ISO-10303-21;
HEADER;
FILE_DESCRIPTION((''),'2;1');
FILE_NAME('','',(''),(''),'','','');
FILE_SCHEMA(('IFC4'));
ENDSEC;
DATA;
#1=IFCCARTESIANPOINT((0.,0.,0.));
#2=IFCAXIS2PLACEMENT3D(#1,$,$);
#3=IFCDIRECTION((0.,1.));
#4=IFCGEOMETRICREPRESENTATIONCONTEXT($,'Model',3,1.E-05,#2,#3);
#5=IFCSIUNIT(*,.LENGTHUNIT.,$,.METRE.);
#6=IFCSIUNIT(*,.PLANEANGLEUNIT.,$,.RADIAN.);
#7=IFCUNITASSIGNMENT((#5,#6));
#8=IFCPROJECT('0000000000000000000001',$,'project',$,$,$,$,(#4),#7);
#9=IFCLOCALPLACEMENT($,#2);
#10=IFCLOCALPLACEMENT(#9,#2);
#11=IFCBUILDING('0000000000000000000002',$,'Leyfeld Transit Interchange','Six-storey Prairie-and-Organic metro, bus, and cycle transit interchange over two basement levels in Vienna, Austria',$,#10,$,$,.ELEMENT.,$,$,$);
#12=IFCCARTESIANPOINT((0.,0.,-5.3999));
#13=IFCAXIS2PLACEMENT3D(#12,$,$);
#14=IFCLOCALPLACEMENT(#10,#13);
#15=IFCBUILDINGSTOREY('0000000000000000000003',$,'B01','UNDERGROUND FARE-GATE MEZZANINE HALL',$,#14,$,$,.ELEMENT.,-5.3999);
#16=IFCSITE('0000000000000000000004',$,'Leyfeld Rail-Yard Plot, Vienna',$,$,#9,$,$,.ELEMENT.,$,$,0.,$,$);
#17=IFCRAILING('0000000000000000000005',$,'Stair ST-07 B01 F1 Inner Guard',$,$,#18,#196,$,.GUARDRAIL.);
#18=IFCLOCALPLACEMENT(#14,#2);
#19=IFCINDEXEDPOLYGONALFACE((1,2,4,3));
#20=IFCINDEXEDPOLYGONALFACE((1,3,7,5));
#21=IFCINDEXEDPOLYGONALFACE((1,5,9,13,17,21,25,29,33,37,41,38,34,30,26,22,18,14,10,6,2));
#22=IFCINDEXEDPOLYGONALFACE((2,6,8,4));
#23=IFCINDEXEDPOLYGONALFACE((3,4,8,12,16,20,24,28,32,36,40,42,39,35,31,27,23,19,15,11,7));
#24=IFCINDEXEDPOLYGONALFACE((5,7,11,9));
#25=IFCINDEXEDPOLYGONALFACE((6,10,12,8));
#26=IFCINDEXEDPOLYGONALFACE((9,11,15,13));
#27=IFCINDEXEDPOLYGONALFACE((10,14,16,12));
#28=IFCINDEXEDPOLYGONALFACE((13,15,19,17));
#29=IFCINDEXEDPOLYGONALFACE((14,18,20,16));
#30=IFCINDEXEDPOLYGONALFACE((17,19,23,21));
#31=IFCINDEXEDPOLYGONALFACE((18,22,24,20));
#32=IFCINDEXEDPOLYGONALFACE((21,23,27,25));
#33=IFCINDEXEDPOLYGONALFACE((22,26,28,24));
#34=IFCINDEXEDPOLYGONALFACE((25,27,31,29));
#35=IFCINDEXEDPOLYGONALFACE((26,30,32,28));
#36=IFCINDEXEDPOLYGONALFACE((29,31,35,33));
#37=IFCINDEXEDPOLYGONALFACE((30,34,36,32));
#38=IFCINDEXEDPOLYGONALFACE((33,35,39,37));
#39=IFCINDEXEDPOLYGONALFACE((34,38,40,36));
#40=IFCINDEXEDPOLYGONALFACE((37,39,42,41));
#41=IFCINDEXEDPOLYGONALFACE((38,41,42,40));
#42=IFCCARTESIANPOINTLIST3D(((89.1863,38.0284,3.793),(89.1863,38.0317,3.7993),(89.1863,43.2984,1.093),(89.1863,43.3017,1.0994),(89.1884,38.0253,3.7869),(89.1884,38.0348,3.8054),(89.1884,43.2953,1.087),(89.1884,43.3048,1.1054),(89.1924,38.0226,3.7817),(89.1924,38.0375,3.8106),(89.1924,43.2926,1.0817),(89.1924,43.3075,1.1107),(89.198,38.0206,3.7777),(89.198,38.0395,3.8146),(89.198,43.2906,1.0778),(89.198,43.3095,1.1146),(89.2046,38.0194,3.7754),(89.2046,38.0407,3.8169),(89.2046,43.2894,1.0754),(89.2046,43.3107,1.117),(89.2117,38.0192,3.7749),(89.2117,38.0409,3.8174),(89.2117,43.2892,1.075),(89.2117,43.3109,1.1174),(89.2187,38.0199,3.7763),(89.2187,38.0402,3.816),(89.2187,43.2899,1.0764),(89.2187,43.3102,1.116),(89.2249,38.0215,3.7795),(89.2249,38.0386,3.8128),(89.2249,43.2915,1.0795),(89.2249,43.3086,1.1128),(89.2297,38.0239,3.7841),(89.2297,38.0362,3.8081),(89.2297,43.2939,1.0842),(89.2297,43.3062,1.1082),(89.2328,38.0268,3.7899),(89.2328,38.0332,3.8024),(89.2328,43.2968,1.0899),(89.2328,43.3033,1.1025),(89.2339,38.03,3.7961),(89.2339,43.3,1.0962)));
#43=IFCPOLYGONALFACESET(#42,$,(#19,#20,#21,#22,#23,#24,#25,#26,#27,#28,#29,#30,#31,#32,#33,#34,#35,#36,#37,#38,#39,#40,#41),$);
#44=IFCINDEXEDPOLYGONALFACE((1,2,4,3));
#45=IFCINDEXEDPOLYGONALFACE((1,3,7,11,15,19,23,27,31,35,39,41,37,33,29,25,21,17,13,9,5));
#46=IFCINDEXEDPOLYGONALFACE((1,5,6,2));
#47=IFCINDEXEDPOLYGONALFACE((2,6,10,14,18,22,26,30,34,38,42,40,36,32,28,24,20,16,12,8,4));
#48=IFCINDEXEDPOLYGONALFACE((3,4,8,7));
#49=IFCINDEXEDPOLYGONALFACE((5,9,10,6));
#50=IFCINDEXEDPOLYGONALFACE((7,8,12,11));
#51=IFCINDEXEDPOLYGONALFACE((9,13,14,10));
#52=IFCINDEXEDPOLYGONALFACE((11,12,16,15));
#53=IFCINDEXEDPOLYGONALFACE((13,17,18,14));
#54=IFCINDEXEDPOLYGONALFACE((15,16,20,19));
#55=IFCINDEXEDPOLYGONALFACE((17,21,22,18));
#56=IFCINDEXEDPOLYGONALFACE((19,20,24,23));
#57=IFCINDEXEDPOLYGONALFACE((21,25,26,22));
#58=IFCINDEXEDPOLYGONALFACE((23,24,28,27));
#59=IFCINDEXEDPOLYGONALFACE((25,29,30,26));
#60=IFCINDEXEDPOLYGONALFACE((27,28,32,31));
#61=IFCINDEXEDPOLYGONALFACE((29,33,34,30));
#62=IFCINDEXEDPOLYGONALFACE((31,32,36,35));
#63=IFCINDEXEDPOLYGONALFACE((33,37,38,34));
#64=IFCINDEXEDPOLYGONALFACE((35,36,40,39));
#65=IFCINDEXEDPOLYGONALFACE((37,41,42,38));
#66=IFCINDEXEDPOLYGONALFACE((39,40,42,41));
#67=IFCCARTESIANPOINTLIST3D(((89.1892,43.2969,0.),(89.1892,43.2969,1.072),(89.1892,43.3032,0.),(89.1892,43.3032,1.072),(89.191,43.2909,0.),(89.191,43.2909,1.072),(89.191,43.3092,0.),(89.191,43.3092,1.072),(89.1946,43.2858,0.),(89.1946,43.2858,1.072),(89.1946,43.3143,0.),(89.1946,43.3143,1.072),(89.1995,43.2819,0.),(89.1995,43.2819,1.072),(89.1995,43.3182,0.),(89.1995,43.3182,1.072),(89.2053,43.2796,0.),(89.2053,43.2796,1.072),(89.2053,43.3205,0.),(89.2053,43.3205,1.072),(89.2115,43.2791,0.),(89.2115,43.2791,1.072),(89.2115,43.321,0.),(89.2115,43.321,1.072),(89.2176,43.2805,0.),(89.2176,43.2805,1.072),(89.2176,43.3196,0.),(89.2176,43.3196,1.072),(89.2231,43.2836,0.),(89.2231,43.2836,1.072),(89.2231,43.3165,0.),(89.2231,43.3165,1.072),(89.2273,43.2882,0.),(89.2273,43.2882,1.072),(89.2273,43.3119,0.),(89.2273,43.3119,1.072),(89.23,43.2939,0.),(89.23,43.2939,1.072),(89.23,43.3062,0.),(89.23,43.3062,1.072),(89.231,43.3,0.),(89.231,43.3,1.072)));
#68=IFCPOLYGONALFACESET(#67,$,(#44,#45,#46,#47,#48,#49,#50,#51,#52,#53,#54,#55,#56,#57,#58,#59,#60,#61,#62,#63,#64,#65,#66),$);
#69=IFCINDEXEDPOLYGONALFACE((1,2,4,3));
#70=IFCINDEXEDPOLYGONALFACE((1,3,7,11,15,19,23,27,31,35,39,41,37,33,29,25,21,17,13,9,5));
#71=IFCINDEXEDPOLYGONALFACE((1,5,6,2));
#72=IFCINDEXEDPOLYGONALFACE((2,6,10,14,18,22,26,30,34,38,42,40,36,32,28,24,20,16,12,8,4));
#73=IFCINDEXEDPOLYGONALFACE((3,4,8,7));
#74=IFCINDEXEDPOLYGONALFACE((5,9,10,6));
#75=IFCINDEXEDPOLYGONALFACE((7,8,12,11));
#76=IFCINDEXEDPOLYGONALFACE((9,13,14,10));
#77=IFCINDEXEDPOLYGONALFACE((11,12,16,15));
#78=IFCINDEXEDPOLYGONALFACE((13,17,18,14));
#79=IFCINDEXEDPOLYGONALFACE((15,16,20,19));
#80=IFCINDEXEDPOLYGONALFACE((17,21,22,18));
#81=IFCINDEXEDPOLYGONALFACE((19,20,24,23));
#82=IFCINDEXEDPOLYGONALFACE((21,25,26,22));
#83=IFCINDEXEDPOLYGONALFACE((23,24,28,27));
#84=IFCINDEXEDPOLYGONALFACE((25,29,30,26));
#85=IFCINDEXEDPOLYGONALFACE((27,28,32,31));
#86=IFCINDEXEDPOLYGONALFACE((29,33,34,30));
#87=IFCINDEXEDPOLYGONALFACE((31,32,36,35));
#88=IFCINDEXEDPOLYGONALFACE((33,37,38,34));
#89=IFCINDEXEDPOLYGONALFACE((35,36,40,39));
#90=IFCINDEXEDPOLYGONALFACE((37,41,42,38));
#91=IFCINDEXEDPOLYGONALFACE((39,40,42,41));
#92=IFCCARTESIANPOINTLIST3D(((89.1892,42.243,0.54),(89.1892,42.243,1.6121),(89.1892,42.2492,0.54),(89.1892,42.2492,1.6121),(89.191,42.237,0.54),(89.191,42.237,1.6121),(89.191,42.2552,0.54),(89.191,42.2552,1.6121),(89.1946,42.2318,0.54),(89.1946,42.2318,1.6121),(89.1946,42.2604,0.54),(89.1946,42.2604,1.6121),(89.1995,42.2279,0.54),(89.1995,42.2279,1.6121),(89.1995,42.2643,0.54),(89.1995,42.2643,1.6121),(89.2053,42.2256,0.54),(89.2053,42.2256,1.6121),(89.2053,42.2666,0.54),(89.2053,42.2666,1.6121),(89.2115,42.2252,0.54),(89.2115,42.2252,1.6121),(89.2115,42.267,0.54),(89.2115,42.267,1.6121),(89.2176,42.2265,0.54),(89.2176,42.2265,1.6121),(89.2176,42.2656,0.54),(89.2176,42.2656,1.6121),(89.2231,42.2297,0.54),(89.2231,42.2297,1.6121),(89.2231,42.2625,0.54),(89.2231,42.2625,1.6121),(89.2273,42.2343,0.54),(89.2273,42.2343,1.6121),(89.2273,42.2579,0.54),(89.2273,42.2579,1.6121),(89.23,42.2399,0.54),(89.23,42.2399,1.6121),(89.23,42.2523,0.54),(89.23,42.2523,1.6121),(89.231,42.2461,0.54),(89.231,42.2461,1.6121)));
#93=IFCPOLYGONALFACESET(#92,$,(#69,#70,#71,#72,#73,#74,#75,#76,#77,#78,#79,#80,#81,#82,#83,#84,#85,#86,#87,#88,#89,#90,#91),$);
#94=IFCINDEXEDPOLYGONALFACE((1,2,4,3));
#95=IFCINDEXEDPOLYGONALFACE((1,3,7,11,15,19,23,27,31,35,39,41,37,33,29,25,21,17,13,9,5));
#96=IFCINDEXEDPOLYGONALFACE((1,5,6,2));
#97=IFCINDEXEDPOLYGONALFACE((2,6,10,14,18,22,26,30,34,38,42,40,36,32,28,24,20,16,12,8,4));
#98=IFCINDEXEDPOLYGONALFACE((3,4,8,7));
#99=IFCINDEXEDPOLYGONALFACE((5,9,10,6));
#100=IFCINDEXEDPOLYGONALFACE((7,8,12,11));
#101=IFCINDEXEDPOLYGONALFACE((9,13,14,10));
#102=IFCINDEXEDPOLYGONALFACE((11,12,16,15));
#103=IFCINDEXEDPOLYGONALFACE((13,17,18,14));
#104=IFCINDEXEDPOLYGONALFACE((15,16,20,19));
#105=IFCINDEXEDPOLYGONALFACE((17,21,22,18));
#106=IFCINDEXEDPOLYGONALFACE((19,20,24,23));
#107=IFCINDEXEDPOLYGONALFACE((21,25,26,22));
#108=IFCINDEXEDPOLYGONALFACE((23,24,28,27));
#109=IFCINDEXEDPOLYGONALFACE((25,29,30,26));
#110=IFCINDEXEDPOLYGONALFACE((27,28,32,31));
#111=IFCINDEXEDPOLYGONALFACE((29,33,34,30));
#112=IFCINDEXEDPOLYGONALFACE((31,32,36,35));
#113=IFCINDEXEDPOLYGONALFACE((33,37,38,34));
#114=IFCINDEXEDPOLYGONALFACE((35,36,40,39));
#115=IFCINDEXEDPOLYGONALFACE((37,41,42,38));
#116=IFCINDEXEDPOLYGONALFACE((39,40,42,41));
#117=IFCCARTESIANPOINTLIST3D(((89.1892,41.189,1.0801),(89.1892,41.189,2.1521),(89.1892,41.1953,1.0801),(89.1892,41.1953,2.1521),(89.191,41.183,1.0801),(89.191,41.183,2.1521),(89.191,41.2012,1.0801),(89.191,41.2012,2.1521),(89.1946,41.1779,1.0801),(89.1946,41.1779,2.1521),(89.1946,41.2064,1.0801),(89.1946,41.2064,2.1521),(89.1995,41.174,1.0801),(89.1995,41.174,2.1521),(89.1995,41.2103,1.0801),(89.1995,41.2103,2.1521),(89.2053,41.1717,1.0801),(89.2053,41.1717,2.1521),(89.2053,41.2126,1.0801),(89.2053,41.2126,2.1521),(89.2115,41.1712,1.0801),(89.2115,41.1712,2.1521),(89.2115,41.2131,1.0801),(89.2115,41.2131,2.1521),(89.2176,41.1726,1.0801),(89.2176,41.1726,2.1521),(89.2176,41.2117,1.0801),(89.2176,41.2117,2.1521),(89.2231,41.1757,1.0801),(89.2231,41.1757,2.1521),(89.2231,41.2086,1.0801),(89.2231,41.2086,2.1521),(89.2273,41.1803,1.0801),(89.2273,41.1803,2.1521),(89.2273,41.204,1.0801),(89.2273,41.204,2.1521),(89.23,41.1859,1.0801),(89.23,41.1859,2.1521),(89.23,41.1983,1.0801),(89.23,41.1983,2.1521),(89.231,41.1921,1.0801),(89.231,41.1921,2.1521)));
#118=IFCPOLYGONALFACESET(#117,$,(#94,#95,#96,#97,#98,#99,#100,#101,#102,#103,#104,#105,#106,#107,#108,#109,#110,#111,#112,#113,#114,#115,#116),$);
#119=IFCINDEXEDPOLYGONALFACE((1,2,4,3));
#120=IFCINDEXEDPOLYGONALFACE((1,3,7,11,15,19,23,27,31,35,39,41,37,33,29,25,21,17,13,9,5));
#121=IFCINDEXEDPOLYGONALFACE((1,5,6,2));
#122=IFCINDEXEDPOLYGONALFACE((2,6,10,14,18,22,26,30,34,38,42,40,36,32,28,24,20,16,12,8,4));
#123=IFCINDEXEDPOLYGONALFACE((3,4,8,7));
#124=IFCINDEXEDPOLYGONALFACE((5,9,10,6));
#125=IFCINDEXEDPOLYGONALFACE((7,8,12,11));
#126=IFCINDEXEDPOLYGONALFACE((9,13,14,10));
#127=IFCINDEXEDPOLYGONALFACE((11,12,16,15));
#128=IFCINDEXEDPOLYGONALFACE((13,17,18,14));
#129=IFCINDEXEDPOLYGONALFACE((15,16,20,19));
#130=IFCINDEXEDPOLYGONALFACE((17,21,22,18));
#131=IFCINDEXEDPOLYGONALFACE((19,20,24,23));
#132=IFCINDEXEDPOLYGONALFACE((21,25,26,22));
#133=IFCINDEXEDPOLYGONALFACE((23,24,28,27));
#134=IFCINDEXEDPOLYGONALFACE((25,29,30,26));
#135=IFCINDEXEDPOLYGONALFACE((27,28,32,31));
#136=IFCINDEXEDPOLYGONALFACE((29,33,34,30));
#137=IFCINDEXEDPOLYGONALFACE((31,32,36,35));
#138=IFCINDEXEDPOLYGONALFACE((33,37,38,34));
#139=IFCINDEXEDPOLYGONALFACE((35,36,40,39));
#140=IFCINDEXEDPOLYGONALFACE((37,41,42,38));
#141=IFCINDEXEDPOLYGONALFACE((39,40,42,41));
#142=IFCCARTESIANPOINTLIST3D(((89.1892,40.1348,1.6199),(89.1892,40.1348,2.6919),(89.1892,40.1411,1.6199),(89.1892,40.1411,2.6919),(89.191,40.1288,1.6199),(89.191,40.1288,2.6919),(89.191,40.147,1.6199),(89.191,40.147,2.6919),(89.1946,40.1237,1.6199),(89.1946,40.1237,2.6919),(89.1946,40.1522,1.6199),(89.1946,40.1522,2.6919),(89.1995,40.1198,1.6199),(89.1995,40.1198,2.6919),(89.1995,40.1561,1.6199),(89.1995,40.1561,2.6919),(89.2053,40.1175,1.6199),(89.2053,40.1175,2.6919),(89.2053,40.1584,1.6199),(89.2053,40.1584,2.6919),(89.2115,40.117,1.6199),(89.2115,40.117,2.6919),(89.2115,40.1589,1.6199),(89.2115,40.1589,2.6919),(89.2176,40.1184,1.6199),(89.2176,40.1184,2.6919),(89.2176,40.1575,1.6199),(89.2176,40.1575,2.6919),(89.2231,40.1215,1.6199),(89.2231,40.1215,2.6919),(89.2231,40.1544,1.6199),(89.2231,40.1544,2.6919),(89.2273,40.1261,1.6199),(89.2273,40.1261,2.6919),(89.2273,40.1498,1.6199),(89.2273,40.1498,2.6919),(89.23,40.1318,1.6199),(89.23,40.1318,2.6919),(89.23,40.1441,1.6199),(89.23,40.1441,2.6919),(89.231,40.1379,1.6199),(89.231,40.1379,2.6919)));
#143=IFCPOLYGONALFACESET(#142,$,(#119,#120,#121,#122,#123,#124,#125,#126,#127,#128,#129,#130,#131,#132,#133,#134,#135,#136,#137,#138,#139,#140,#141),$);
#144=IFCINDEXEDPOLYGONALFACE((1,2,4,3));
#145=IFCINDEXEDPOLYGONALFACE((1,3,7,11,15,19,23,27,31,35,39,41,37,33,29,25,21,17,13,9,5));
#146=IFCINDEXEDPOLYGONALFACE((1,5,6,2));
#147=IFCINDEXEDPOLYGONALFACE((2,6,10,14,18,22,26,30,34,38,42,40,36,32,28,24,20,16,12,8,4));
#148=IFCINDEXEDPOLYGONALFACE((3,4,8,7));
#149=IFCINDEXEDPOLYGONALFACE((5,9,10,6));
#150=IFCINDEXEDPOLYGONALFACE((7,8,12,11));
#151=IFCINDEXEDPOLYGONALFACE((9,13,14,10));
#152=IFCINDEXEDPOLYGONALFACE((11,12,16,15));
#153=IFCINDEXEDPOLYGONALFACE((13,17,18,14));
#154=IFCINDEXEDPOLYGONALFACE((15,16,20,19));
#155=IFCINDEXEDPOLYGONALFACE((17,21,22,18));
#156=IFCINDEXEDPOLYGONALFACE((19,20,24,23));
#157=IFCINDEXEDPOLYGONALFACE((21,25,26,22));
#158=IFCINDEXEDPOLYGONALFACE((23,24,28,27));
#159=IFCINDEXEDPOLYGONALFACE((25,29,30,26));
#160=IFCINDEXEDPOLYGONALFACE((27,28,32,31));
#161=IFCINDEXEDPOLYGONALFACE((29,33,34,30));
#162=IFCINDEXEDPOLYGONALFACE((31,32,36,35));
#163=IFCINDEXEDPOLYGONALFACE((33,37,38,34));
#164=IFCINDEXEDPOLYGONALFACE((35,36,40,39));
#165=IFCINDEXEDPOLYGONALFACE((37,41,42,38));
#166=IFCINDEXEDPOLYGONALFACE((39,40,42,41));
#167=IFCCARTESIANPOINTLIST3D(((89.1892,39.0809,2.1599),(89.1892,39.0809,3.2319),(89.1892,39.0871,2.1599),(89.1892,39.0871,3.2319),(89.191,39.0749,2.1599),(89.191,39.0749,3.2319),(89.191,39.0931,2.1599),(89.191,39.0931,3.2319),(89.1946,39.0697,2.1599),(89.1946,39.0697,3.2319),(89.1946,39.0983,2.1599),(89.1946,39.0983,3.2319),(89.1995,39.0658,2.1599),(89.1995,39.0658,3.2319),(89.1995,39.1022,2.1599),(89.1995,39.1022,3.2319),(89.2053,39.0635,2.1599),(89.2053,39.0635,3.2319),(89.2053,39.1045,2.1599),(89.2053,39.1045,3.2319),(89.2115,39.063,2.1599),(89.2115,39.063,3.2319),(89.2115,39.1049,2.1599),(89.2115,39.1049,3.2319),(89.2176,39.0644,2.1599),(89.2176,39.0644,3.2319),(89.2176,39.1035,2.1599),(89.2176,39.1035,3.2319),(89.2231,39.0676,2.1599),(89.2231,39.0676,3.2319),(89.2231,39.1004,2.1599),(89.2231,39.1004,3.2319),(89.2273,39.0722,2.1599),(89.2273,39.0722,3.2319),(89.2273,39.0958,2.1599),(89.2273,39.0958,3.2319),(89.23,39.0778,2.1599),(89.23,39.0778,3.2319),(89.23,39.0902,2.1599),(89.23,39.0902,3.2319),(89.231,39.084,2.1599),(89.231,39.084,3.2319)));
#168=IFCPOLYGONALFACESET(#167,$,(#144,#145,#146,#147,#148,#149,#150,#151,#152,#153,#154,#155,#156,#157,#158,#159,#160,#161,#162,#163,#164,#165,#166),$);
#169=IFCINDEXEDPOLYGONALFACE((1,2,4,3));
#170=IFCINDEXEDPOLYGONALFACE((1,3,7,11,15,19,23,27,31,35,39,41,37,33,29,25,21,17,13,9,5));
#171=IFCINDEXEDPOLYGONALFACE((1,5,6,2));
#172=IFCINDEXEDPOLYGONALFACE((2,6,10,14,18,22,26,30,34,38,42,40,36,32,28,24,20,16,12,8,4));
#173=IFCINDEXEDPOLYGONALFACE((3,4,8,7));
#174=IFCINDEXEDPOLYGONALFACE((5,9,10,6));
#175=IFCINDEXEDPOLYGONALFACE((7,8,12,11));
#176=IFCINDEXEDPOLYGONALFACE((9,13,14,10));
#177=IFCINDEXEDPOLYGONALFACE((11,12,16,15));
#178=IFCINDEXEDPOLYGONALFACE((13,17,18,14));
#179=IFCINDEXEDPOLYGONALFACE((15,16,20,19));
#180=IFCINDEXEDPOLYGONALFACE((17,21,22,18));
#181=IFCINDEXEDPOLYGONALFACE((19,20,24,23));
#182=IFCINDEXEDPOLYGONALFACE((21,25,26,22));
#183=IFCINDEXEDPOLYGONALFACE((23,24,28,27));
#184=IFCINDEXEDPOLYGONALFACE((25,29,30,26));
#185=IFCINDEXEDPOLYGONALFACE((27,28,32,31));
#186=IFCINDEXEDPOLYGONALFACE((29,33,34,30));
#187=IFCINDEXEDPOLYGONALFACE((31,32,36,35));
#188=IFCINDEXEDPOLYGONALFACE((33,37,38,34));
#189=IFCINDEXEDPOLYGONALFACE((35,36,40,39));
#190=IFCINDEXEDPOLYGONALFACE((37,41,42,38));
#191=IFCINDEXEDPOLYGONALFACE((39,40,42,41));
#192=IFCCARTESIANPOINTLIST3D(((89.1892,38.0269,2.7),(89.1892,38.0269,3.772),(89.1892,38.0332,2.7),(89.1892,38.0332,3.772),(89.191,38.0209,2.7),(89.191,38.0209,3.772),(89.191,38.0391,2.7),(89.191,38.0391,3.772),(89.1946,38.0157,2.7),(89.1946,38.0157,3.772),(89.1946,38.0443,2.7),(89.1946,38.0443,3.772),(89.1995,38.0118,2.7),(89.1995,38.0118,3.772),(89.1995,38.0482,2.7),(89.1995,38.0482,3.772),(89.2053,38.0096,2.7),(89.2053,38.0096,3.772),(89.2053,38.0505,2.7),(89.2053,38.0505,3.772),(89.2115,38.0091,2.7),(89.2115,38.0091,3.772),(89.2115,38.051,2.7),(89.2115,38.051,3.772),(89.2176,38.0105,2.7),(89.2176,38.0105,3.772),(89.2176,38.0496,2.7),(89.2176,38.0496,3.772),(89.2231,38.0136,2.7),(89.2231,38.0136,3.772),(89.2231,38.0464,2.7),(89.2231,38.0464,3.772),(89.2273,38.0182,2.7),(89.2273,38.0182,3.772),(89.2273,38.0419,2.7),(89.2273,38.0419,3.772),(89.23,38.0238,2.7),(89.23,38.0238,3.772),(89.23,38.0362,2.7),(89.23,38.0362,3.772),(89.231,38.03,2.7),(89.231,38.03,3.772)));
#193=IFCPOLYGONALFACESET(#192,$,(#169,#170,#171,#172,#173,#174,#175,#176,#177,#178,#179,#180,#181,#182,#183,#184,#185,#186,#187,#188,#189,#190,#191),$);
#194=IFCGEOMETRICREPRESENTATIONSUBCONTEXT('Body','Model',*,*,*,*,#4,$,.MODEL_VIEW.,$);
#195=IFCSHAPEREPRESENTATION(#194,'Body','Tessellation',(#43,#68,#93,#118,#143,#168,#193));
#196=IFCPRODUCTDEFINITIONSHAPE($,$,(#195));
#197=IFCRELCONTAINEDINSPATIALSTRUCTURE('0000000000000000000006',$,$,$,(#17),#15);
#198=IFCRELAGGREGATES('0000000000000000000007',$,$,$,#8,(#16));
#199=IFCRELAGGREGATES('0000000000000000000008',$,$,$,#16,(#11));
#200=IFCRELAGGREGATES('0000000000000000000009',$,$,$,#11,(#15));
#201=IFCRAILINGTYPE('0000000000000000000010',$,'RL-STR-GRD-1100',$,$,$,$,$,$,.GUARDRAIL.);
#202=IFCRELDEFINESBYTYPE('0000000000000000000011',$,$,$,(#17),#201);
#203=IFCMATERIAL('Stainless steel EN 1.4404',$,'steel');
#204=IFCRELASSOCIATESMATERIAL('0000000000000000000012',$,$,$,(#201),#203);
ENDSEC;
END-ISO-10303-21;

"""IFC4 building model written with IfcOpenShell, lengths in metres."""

from ifc_helpers import new_model, si_unit, direction, frame, origin, origin_2d, place, context, subcontext, project, spatial, circle, extrude, material, type_object, element, save


model = new_model("IFC4")

# Units and contexts
model_context = context("Model", 3, precision=1e-05, world=origin(), true_north=direction((0.0, 1.0)))
body_context = subcontext(model_context, "Body", "Model", "MODEL_VIEW")
ifc_project = project(units=[si_unit("LENGTHUNIT", "METRE"), si_unit("PLANEANGLEUNIT", "RADIAN")], contexts=[model_context])

# Site, building, storey
site_placement = place(None, origin())
site = spatial("IfcSite", under=ifc_project, at=site_placement, Name="Leyfeld Rail-Yard Plot, Vienna", CompositionType="ELEMENT", RefElevation=0.0)
building_placement = place(site_placement, origin())
building = spatial("IfcBuilding", under=site, at=building_placement, Name="Leyfeld Transit Interchange", Description="Six-storey Prairie-and-Organic metro, bus, and cycle transit interchange over two basement levels in Vienna, Austria", CompositionType="ELEMENT")
storey_placement = place(building_placement, frame((0.0, 0.0, -5.3999)))
storey = spatial("IfcBuildingStorey", under=building, at=storey_placement, Name="B01", Description="UNDERGROUND FARE-GATE MEZZANINE HALL", CompositionType="ELEMENT", Elevation=-5.3999)

# Railing
ifc_material_1 = material(Name="Stainless steel EN 1.4404", Category="steel")
railing_type_1 = type_object("IfcRailingType", Name="RL-STR-GRD-1100", PredefinedType="GUARDRAIL", material=ifc_material_1)
railing_1_placement = place(storey_placement, frame((89.21, 43.3, 0.0)))
element("IfcRailing", 1, at=railing_1_placement, inside=storey, type_object=railing_type_1, Name="Stair ST-07 B01 F1 Inner Guard", PredefinedType="GUARDRAIL", context=body_context, shape_type="SweptSolid", body=[
    extrude(circle(Radius=0.0239, at=origin_2d()), frame((0.0, 0.0, 1.0962), z_axis=(0.0, -0.889997, 0.455966), x_axis=(1.0, 0.0, 0.0)), (0.0, 0.0, 1.0), 5.9214),
    extrude(circle(Radius=0.021, at=origin_2d()), origin(), (0.0, 0.0, 1.0), 1.072),
    extrude(circle(Radius=0.021, at=origin_2d()), frame((0.0, -1.054, 0.54)), (0.0, 0.0, 1.0), 1.072),
    extrude(circle(Radius=0.021, at=origin_2d()), frame((0.0, -2.1079, 1.0801)), (0.0, 0.0, 1.0), 1.072),
    extrude(circle(Radius=0.021, at=origin_2d()), frame((0.0, -3.1621, 1.6199)), (0.0, 0.0, 1.0), 1.072),
    extrude(circle(Radius=0.021, at=origin_2d()), frame((0.0, -4.2161, 2.1599)), (0.0, 0.0, 1.0), 1.072),
    extrude(circle(Radius=0.021, at=origin_2d()), frame((0.0, -5.27, 2.7)), (0.0, 0.0, 1.0), 1.072),
])

save(model, "model.ifc")
